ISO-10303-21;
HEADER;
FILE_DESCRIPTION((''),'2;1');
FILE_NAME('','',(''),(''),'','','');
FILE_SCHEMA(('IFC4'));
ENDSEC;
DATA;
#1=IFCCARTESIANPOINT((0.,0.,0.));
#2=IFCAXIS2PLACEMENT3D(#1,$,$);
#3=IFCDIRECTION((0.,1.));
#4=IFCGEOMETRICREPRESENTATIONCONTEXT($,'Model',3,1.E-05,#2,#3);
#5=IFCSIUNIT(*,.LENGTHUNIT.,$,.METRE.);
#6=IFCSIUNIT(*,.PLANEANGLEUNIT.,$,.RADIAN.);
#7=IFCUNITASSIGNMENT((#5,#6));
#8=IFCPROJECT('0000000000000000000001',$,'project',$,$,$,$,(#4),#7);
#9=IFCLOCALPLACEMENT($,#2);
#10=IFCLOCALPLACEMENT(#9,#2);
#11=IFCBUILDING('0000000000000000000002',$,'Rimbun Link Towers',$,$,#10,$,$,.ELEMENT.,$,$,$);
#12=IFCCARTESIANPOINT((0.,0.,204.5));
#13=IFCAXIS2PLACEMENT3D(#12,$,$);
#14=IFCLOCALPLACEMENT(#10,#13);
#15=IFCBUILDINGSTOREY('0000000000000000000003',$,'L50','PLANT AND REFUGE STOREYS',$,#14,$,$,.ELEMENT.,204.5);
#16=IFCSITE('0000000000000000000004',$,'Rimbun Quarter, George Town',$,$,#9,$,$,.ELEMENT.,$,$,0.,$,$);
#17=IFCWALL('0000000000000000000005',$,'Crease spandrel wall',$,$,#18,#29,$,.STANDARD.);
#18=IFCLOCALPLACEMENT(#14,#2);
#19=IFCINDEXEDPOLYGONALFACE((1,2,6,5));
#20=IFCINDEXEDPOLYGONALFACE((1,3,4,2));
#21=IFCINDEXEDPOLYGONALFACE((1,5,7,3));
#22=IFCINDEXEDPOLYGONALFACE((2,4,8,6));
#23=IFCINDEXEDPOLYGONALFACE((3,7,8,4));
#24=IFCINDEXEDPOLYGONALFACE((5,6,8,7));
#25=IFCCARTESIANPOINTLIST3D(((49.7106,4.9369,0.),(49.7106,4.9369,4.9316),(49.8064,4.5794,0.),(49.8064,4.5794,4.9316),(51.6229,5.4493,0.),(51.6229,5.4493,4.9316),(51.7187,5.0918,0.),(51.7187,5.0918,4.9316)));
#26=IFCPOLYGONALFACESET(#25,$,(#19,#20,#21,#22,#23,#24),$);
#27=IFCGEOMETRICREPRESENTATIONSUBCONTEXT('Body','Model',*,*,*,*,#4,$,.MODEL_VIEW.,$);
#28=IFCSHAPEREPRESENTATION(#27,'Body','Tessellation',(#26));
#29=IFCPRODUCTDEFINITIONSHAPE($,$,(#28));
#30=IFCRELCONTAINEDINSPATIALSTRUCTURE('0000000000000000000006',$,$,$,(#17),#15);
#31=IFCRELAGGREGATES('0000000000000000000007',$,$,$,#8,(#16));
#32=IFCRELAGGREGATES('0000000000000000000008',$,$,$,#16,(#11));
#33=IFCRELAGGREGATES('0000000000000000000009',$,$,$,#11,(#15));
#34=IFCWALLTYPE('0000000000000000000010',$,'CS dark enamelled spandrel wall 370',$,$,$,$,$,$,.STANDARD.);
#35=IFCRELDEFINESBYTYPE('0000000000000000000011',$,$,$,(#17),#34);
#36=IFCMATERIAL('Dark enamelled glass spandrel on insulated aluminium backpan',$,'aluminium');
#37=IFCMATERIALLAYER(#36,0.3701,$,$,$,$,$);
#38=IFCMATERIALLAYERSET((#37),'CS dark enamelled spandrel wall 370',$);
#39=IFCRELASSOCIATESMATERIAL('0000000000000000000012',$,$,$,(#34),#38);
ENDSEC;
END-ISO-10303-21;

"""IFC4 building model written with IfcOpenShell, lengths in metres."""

from ifc_helpers import new_model, si_unit, direction, frame, frame_2d, origin, place, context, subcontext, project, spatial, rectangle, extrude, material, layer, layer_set, type_object, element, save


model = new_model("IFC4")

# Units and contexts
model_context = context("Model", 3, precision=1e-05, world=origin(), true_north=direction((0.0, 1.0)))
body_context = subcontext(model_context, "Body", "Model", "MODEL_VIEW")
ifc_project = project(units=[si_unit("LENGTHUNIT", "METRE"), si_unit("PLANEANGLEUNIT", "RADIAN")], contexts=[model_context])

# Site, building, storey
site_placement = place(None, origin())
site = spatial("IfcSite", under=ifc_project, at=site_placement, Name="Rimbun Quarter, George Town", CompositionType="ELEMENT", RefElevation=0.0)
building_placement = place(site_placement, origin())
building = spatial("IfcBuilding", under=site, at=building_placement, Name="Rimbun Link Towers", CompositionType="ELEMENT")
storey_placement = place(building_placement, frame((0.0, 0.0, 204.5)))
storey = spatial("IfcBuildingStorey", under=building, at=storey_placement, Name="L50", Description="PLANT AND REFUGE STOREYS", CompositionType="ELEMENT", Elevation=204.5)

# Wall
ifc_material_1 = material(Name="Dark enamelled glass spandrel on insulated aluminium backpan", Category="aluminium")
ifc_layer_1 = layer(ifc_material_1, 0.3701)
ifc_layer_set_1 = layer_set([ifc_layer_1], Name="CS dark enamelled spandrel wall 370")
wall_type_1 = type_object("IfcWallType", Name="CS dark enamelled spandrel wall 370", PredefinedType="STANDARD", material=ifc_layer_set_1)
wall_1_placement = place(storey_placement, frame((51.6707, 5.2705, 0.0), z_axis=(0.0, 0.0, 1.0), x_axis=(-0.965921, -0.258837, 0.0)))
element("IfcWall", 1, at=wall_1_placement, inside=storey, type_object=wall_type_1, Name="Crease spandrel wall", PredefinedType="STANDARD", context=body_context, shape_type="SweptSolid", body=[
    extrude(rectangle(XDim=1.9797, YDim=0.3701, at=frame_2d((0.9897, 0.0))), origin(), (0.0, 0.0, 1.0), 4.9316),
])

save(model, "model.ifc")
